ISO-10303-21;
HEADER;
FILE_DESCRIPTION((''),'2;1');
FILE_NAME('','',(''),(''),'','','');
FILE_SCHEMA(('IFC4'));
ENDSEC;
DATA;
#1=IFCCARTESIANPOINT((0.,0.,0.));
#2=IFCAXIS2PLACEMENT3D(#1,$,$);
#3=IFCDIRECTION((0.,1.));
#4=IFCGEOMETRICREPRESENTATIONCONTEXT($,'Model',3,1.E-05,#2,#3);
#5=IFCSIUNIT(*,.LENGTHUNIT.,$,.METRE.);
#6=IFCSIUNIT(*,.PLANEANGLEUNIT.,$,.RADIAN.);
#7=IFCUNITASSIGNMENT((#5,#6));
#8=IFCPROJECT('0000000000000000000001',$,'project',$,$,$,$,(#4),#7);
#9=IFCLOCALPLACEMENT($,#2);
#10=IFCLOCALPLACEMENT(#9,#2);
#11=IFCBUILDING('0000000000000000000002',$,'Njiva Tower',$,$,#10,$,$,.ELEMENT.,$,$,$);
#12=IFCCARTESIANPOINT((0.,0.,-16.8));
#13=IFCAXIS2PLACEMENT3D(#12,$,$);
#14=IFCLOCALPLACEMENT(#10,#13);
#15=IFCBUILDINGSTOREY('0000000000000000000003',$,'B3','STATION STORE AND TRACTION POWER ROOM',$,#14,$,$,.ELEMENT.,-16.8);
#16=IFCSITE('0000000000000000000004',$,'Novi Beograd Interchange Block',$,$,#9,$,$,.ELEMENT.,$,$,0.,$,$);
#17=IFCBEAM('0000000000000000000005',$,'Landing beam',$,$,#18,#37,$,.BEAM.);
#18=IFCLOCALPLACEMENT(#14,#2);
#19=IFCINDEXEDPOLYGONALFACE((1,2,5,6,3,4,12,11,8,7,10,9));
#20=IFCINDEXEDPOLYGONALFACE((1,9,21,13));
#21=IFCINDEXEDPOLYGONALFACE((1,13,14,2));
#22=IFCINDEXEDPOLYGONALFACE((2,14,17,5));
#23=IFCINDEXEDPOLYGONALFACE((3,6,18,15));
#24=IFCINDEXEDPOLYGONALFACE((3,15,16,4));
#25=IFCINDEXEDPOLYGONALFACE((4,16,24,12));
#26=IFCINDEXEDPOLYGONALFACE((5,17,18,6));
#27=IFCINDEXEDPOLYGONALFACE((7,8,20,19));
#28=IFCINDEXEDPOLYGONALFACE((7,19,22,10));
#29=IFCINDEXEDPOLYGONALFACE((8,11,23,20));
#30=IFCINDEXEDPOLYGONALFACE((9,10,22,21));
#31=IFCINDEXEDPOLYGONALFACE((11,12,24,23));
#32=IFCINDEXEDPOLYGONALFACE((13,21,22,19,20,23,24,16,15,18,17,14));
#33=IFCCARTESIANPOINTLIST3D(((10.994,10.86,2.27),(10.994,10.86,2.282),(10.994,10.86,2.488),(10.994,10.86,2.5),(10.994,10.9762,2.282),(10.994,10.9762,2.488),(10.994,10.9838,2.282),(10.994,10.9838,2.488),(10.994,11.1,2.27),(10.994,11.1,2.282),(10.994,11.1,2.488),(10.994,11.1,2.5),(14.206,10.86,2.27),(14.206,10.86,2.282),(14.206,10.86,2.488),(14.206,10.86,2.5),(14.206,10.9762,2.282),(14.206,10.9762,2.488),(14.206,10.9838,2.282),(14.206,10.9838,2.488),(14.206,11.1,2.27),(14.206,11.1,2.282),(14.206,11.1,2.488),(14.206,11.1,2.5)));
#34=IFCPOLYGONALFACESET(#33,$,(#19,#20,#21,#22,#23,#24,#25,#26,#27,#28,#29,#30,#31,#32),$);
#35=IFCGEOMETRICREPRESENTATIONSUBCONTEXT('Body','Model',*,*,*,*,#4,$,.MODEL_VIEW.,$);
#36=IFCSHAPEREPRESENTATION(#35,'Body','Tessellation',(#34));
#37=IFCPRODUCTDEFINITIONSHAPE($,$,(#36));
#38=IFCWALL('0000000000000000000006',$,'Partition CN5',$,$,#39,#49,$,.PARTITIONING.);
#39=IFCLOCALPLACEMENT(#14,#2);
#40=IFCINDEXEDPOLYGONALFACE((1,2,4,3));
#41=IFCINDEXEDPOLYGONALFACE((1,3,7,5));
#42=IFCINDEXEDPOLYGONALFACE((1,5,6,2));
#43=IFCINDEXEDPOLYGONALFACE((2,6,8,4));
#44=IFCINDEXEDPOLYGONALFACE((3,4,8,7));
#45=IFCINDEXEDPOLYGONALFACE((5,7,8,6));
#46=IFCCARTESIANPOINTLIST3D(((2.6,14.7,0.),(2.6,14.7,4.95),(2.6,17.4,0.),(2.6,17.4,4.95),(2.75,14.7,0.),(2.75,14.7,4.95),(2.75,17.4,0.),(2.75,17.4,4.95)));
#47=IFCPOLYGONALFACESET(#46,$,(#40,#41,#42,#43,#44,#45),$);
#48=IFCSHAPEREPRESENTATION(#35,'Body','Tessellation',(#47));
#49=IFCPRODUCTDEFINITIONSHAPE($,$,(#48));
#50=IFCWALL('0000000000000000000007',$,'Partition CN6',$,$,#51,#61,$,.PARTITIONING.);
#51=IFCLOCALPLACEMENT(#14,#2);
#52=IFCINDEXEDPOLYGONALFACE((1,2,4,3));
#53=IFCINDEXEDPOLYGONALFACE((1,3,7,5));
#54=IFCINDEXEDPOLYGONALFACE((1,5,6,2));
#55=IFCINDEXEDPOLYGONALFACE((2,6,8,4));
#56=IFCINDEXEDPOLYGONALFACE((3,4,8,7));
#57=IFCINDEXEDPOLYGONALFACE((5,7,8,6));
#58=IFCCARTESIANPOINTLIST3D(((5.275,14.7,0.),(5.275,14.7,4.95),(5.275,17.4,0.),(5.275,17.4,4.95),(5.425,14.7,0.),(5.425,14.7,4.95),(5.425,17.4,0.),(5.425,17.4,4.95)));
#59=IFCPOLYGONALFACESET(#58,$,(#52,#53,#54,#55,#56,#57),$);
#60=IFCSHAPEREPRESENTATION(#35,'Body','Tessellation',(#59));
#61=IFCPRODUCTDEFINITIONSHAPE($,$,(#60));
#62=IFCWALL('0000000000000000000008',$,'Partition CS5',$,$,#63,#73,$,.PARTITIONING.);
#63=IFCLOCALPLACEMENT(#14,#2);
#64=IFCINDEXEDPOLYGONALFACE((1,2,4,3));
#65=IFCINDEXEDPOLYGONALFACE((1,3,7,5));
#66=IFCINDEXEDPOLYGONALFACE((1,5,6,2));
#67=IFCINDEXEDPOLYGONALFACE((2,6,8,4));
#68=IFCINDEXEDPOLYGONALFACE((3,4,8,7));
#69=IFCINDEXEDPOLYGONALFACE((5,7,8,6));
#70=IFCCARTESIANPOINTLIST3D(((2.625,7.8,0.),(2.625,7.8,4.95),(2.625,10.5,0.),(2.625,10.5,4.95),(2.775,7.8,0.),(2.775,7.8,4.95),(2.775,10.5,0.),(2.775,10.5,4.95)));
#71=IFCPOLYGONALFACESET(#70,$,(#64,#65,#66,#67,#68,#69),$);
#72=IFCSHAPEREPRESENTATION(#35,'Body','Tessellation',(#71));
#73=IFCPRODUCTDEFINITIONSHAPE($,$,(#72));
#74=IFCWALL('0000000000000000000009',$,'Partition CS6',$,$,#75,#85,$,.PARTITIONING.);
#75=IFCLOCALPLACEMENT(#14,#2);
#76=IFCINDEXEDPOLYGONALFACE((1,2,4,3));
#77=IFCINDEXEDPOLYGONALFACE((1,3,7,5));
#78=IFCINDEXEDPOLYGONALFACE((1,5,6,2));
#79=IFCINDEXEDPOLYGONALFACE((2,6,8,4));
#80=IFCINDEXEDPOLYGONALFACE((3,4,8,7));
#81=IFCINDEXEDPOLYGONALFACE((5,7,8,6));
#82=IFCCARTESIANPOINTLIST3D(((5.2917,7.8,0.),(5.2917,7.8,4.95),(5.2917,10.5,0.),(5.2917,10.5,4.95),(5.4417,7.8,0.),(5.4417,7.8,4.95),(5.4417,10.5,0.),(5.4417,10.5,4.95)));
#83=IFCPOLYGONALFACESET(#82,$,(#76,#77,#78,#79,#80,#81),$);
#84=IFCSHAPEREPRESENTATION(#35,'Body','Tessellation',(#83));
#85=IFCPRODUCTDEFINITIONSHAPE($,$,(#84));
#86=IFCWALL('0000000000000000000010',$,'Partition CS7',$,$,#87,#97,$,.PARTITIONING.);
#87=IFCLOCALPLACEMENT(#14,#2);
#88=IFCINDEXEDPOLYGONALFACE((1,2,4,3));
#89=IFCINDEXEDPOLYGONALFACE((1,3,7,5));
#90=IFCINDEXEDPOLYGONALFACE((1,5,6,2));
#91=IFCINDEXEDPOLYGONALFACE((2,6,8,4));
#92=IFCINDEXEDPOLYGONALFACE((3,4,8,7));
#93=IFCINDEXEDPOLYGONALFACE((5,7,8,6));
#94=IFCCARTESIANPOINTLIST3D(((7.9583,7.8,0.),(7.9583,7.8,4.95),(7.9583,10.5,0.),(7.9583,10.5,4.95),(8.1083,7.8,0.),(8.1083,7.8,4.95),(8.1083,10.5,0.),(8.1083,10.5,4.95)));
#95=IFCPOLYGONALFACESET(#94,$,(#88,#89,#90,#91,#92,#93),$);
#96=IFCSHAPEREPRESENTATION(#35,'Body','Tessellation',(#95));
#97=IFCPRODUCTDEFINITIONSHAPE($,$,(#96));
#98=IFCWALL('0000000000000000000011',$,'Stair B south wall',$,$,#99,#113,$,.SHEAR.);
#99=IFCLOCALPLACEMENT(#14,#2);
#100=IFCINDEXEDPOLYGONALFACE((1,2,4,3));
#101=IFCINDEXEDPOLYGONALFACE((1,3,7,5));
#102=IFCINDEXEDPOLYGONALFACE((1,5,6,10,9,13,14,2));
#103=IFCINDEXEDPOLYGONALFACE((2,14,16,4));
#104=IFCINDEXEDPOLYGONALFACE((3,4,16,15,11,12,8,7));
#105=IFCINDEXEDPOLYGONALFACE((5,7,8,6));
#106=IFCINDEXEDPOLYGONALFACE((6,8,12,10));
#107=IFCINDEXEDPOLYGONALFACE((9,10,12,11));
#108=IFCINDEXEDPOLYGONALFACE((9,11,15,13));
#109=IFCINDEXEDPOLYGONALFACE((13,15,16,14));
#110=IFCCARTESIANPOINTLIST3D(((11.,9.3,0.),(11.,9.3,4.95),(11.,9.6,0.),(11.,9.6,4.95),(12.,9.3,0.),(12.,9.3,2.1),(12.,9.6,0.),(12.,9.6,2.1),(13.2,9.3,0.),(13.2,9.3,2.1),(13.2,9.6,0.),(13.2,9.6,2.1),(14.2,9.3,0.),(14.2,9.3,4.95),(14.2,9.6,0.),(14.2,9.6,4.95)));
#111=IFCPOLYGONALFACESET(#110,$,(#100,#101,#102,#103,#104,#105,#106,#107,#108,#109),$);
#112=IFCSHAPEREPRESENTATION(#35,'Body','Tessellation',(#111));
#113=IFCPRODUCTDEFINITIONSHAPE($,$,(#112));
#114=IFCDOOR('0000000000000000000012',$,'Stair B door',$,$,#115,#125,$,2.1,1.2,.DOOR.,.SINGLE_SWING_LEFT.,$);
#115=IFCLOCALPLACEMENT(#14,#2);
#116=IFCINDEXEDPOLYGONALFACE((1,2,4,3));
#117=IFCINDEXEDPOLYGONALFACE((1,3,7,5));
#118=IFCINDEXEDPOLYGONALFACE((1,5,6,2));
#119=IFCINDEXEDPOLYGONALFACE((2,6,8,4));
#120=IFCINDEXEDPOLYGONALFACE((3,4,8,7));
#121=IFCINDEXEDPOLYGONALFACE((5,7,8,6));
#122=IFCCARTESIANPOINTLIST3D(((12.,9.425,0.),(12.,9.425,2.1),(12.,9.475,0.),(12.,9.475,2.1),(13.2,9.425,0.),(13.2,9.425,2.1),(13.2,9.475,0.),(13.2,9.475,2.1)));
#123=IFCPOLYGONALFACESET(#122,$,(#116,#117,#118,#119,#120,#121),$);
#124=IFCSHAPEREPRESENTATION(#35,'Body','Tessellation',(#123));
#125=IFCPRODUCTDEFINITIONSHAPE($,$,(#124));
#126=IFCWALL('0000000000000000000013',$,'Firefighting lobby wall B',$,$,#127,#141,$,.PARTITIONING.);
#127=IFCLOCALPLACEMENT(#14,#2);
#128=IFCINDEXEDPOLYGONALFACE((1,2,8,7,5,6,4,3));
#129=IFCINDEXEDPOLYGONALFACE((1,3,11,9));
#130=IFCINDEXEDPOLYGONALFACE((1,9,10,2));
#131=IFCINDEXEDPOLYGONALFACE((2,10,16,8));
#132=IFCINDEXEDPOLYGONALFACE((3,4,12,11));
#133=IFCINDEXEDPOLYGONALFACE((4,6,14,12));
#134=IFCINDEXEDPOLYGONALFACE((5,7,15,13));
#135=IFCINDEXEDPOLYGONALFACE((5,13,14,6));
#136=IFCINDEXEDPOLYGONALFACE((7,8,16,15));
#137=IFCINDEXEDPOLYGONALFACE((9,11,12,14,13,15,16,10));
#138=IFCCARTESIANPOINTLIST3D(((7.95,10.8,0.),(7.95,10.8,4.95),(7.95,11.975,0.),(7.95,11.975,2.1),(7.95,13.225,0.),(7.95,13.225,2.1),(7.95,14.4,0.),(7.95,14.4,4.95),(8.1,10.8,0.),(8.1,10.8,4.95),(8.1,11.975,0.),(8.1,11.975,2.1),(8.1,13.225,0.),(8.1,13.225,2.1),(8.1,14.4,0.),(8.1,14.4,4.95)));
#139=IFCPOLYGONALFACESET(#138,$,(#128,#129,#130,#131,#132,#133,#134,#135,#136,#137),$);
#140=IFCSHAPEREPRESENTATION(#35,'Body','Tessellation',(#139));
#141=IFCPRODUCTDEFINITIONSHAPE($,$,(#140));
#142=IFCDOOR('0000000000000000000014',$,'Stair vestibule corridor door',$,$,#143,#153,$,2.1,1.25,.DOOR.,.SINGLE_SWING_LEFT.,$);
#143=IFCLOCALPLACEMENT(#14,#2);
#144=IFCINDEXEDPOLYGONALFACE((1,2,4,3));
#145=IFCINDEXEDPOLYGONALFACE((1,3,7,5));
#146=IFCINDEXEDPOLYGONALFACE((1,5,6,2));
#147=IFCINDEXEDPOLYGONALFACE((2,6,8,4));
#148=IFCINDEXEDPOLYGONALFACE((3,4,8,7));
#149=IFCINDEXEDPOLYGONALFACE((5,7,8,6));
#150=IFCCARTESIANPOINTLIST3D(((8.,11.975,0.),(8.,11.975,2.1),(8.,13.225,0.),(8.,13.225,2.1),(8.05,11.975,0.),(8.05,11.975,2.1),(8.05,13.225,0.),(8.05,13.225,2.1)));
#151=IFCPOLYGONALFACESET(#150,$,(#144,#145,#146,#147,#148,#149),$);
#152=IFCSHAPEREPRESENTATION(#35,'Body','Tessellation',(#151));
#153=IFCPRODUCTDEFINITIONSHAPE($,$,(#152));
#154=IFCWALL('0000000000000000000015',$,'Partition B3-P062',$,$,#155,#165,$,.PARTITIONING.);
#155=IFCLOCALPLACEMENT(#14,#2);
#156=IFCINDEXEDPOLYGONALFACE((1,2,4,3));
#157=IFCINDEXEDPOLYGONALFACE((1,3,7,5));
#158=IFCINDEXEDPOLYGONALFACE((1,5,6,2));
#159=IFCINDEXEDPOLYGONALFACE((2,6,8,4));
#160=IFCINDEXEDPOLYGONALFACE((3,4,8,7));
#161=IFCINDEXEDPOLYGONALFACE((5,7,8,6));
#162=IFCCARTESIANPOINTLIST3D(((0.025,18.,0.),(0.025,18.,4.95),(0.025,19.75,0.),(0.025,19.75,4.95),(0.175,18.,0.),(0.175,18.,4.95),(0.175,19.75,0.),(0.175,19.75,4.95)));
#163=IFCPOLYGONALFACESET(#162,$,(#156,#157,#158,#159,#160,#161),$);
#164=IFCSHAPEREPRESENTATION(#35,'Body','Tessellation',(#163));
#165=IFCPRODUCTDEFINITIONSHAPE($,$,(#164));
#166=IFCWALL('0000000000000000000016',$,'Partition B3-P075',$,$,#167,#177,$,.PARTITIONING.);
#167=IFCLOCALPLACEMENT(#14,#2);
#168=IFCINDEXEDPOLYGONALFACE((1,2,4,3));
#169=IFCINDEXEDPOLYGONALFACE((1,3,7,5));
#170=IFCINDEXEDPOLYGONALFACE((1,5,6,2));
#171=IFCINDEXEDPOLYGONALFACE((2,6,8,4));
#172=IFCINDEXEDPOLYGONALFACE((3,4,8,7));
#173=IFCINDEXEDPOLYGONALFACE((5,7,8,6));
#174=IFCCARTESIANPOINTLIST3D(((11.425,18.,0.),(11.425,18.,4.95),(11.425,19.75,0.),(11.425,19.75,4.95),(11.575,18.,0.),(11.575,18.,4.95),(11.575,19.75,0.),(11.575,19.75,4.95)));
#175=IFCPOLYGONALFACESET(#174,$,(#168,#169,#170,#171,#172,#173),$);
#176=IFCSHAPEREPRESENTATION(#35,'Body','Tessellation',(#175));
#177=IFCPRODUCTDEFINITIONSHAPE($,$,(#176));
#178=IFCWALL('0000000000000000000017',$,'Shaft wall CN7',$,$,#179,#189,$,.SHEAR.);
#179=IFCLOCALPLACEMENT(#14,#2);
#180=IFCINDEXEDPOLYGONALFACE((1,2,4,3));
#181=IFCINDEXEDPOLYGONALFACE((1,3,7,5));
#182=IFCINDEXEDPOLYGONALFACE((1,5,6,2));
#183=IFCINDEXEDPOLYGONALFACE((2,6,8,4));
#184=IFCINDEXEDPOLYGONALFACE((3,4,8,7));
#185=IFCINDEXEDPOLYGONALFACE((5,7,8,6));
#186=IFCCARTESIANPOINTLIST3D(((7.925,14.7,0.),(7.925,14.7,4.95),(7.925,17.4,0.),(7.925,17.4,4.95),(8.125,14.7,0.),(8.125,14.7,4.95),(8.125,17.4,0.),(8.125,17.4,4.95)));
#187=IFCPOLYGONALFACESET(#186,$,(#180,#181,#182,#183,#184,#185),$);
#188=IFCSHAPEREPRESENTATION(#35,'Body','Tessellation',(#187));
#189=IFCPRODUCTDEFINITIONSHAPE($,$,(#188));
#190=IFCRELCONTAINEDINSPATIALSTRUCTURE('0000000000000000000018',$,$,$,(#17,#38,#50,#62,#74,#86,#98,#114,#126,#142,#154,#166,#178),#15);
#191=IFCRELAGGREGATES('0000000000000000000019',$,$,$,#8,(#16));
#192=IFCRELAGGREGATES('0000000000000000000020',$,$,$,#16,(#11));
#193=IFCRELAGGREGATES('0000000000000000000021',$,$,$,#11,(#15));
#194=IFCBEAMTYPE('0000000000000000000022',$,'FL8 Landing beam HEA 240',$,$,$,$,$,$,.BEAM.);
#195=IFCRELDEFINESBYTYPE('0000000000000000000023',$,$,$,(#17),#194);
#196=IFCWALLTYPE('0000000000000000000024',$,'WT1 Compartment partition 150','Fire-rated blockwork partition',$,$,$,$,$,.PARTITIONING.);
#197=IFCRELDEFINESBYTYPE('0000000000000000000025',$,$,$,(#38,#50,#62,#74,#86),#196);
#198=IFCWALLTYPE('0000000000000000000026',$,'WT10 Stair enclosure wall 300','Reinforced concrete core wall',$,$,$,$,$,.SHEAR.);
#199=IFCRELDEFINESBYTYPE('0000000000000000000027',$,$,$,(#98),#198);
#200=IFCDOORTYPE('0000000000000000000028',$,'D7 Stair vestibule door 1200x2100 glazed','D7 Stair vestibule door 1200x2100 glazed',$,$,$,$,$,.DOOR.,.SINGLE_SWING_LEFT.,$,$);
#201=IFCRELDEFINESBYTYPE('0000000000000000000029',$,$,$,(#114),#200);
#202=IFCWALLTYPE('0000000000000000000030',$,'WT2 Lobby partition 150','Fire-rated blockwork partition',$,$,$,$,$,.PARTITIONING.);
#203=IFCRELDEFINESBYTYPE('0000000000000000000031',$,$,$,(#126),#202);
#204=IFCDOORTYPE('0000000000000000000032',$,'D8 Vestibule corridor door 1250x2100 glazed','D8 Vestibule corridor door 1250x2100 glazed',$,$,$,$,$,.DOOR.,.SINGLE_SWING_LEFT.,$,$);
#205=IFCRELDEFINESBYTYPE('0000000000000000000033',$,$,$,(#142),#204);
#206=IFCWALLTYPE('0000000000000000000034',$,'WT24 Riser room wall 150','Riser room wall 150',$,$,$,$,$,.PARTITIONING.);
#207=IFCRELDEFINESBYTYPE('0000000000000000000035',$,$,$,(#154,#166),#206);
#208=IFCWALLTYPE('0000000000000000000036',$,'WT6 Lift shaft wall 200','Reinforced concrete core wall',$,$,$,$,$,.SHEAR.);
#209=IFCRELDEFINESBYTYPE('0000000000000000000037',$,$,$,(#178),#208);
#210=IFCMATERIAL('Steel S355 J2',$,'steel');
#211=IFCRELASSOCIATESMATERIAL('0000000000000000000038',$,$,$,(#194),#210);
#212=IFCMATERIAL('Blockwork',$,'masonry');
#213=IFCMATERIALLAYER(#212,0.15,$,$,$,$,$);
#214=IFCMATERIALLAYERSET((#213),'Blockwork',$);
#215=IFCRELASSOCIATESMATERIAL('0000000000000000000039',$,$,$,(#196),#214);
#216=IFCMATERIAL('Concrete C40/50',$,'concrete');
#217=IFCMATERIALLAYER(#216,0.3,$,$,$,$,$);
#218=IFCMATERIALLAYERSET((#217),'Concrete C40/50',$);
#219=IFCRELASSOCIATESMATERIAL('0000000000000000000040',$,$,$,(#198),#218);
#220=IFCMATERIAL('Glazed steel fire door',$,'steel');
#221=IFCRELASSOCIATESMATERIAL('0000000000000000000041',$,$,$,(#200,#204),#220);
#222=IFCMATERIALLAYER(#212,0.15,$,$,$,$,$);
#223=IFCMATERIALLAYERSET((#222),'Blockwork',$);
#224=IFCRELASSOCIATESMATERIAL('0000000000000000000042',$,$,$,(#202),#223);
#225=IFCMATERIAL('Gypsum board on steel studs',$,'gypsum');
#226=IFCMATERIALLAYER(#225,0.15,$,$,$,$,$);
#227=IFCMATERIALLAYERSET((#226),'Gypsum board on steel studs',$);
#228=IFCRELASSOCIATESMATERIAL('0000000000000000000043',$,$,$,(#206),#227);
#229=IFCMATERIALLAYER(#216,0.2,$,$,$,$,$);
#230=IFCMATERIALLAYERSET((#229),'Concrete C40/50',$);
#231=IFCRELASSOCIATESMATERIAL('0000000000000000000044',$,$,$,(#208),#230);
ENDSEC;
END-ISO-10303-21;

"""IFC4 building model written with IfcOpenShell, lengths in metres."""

from ifc_helpers import new_model, si_unit, direction, frame, frame_2d, origin, origin_2d, place, context, subcontext, project, spatial, rectangle, i_section, extrude, material, layer, layer_set, material_profile, profile_set, type_object, element, fill, save


model = new_model("IFC4")

# Units and contexts
model_context = context("Model", 3, precision=1e-05, world=origin(), true_north=direction((0.0, 1.0)))
body_context = subcontext(model_context, "Body", "Model", "MODEL_VIEW")
ifc_project = project(units=[si_unit("LENGTHUNIT", "METRE"), si_unit("PLANEANGLEUNIT", "RADIAN")], contexts=[model_context])

# Site, building, storey
site_placement = place(None, origin())
site = spatial("IfcSite", under=ifc_project, at=site_placement, Name="Novi Beograd Interchange Block", CompositionType="ELEMENT", RefElevation=0.0)
building_placement = place(site_placement, origin())
building = spatial("IfcBuilding", under=site, at=building_placement, Name="Njiva Tower", CompositionType="ELEMENT")
storey_placement = place(building_placement, frame((0.0, 0.0, -16.8)))
storey = spatial("IfcBuildingStorey", under=building, at=storey_placement, Name="B3", Description="STATION STORE AND TRACTION POWER ROOM", CompositionType="ELEMENT", Elevation=-16.8)

# Shared definitions
ifc_material_1 = material(Name="Steel S355 J2", Category="steel")

# Beam
ifc_material_profile_1 = material_profile(ifc_material_1, i_section(OverallWidth=0.24, OverallDepth=0.23, WebThickness=0.0075, FlangeThickness=0.012, at=origin_2d()), Name="HEA240")
ifc_profile_set_1 = profile_set([ifc_material_profile_1], Name="Steel S355 J2")
beam_type = type_object("IfcBeamType", Name="FL8 Landing beam HEA 240", PredefinedType="BEAM", material=ifc_profile_set_1)
beam_placement = place(storey_placement, frame((10.994, 10.98, 2.385), z_axis=(1.0, 0.0, 0.0), x_axis=(0.0, 1.0, 0.0)))
element("IfcBeam", 1, at=beam_placement, inside=storey, type_object=beam_type, Name="Landing beam", PredefinedType="BEAM", context=body_context, shape_type="SweptSolid", body=[
    extrude(i_section(OverallWidth=0.24, OverallDepth=0.23, WebThickness=0.0075, FlangeThickness=0.012, at=origin_2d()), origin(), (0.0, 0.0, 1.0), 3.212),
])

# Walls
ifc_material_2 = material(Name="Blockwork", Category="masonry")
ifc_layer_1 = layer(ifc_material_2, 0.15)
ifc_layer_set_1 = layer_set([ifc_layer_1], Name="Blockwork")
wall_type_1 = type_object("IfcWallType", Name="WT1 Compartment partition 150", Description="Fire-rated blockwork partition", PredefinedType="PARTITIONING", material=ifc_layer_set_1)
for number, where, z_axis, x_axis, name in (
    (2, (2.675, 14.7, 0.0), (0.0, 0.0, 1.0), (0.0, 1.0, 0.0), "Partition CN5"),
    (3, (5.35, 14.7, 0.0), (0.0, 0.0, 1.0), (0.0, 1.0, 0.0), "Partition CN6"),
    (4, (2.7, 7.8, 0.0), (0.0, 0.0, 1.0), (0.0, 1.0, 0.0), "Partition CS5"),
    (5, (5.3667, 7.8, 0.0), (0.0, 0.0, 1.0), (0.0, 1.0, 0.0), "Partition CS6"),
    (6, (8.0333, 7.8, 0.0), (0.0, 0.0, 1.0), (0.0, 1.0, 0.0), "Partition CS7"),
):
    element("IfcWall", number, at=place(storey_placement, frame(where, z_axis=z_axis, x_axis=x_axis)), inside=storey, type_object=wall_type_1, Name=name, PredefinedType="PARTITIONING", context=body_context, shape_type="SweptSolid", body=[
        extrude(rectangle(XDim=2.7, YDim=0.15, at=frame_2d((1.35, 0.0))), origin(), (0.0, 0.0, 1.0), 4.95),
    ])

# Walls, openings, doors
ifc_material_3 = material(Name="Concrete C40/50", Category="concrete")
ifc_layer_2 = layer(ifc_material_3, 0.3)
ifc_layer_set_2 = layer_set([ifc_layer_2], Name="Concrete C40/50")
wall_type_2 = type_object("IfcWallType", Name="WT10 Stair enclosure wall 300", Description="Reinforced concrete core wall", PredefinedType="SHEAR", material=ifc_layer_set_2)
wall_1_placement = place(storey_placement, frame((11.0, 9.45, 0.0), z_axis=(0.0, 0.0, 1.0), x_axis=(1.0, 0.0, 0.0)))
wall_1 = element("IfcWall", 7, at=wall_1_placement, inside=storey, type_object=wall_type_2, Name="Stair B south wall", PredefinedType="SHEAR", context=body_context, shape_type="SweptSolid", body=[
    extrude(rectangle(XDim=3.2, YDim=0.3, at=frame_2d((1.6, 0.0))), origin(), (0.0, 0.0, 1.0), 4.95),
])
opening_1_placement = place(wall_1_placement, frame((1.0, 0.0, 0.0)))
opening_1 = element("IfcOpeningElement", 8, at=opening_1_placement, cuts=wall_1, PredefinedType="OPENING", context=body_context, shape_type="SweptSolid", body=[
    extrude(rectangle(XDim=1.2, YDim=2.1, at=frame_2d((0.6, 1.05))), frame((0.0, 0.16, 0.0), z_axis=(0.0, -1.0, 0.0), x_axis=(1.0, 0.0, 0.0)), (0.0, 0.0, 1.0), 0.32),
])
ifc_material_4 = material(Name="Glazed steel fire door", Category="steel")
door_type_1 = type_object("IfcDoorType", Name="D7 Stair vestibule door 1200x2100 glazed", Description="D7 Stair vestibule door 1200x2100 glazed", OperationType="SINGLE_SWING_LEFT", PredefinedType="DOOR", material=ifc_material_4)
door_1_placement = place(opening_1_placement, origin())
door_1 = element("IfcDoor", 9, at=door_1_placement, inside=storey, type_object=door_type_1, Name="Stair B door", OperationType="SINGLE_SWING_LEFT", OverallHeight=2.1, OverallWidth=1.2, PredefinedType="DOOR", context=body_context, shape_type="SweptSolid", body=[
    extrude(rectangle(XDim=1.2, YDim=2.1, at=frame_2d((0.6, 1.05))), frame((0.0, 0.025, 0.0), z_axis=(0.0, -1.0, 0.0), x_axis=(1.0, 0.0, 0.0)), (0.0, 0.0, 1.0), 0.05),
])
fill(opening_1, door_1)
ifc_layer_3 = layer(ifc_material_2, 0.15)
ifc_layer_set_3 = layer_set([ifc_layer_3], Name="Blockwork")
wall_type_3 = type_object("IfcWallType", Name="WT2 Lobby partition 150", Description="Fire-rated blockwork partition", PredefinedType="PARTITIONING", material=ifc_layer_set_3)
wall_2_placement = place(storey_placement, frame((8.025, 10.8, 0.0), z_axis=(0.0, 0.0, 1.0), x_axis=(0.0, 1.0, 0.0)))
wall_2 = element("IfcWall", 10, at=wall_2_placement, inside=storey, type_object=wall_type_3, Name="Firefighting lobby wall B", PredefinedType="PARTITIONING", context=body_context, shape_type="SweptSolid", body=[
    extrude(rectangle(XDim=3.6, YDim=0.15, at=frame_2d((1.8, 0.0))), origin(), (0.0, 0.0, 1.0), 4.95),
])
opening_2_placement = place(wall_2_placement, frame((1.175, 0.0, 0.0)))
opening_2 = element("IfcOpeningElement", 11, at=opening_2_placement, cuts=wall_2, PredefinedType="OPENING", context=body_context, shape_type="SweptSolid", body=[
    extrude(rectangle(XDim=1.25, YDim=2.1, at=frame_2d((0.625, 1.05))), frame((0.0, 0.085, 0.0), z_axis=(0.0, -1.0, 0.0), x_axis=(1.0, 0.0, 0.0)), (0.0, 0.0, 1.0), 0.17),
])
door_type_2 = type_object("IfcDoorType", Name="D8 Vestibule corridor door 1250x2100 glazed", Description="D8 Vestibule corridor door 1250x2100 glazed", OperationType="SINGLE_SWING_LEFT", PredefinedType="DOOR", material=ifc_material_4)
door_2_placement = place(opening_2_placement, origin())
door_2 = element("IfcDoor", 12, at=door_2_placement, inside=storey, type_object=door_type_2, Name="Stair vestibule corridor door", OperationType="SINGLE_SWING_LEFT", OverallHeight=2.1, OverallWidth=1.25, PredefinedType="DOOR", context=body_context, shape_type="SweptSolid", body=[
    extrude(rectangle(XDim=1.25, YDim=2.1, at=frame_2d((0.625, 1.05))), frame((0.0, 0.025, 0.0), z_axis=(0.0, -1.0, 0.0), x_axis=(1.0, 0.0, 0.0)), (0.0, 0.0, 1.0), 0.05),
])
fill(opening_2, door_2)

# Walls
ifc_material_5 = material(Name="Gypsum board on steel studs", Category="gypsum")
ifc_layer_4 = layer(ifc_material_5, 0.15)
ifc_layer_set_4 = layer_set([ifc_layer_4], Name="Gypsum board on steel studs")
wall_type_4 = type_object("IfcWallType", Name="WT24 Riser room wall 150", Description="Riser room wall 150", PredefinedType="PARTITIONING", material=ifc_layer_set_4)
for number, where, z_axis, x_axis, name in (
    (13, (0.1, 18.0, 0.0), (0.0, 0.0, 1.0), (0.0, 1.0, 0.0), "Partition B3-P062"),
    (14, (11.5, 18.0, 0.0), (0.0, 0.0, 1.0), (0.0, 1.0, 0.0), "Partition B3-P075"),
):
    element("IfcWall", number, at=place(storey_placement, frame(where, z_axis=z_axis, x_axis=x_axis)), inside=storey, type_object=wall_type_4, Name=name, PredefinedType="PARTITIONING", context=body_context, shape_type="SweptSolid", body=[
        extrude(rectangle(XDim=1.75, YDim=0.15, at=frame_2d((0.875, 0.0))), origin(), (0.0, 0.0, 1.0), 4.95),
    ])
ifc_layer_5 = layer(ifc_material_3, 0.2)
ifc_layer_set_5 = layer_set([ifc_layer_5], Name="Concrete C40/50")
wall_type_5 = type_object("IfcWallType", Name="WT6 Lift shaft wall 200", Description="Reinforced concrete core wall", PredefinedType="SHEAR", material=ifc_layer_set_5)
wall_3_placement = place(storey_placement, frame((8.025, 14.7, 0.0), z_axis=(0.0, 0.0, 1.0), x_axis=(0.0, 1.0, 0.0)))
element("IfcWall", 15, at=wall_3_placement, inside=storey, type_object=wall_type_5, Name="Shaft wall CN7", PredefinedType="SHEAR", context=body_context, shape_type="SweptSolid", body=[
    extrude(rectangle(XDim=2.7, YDim=0.2, at=frame_2d((1.35, 0.0))), origin(), (0.0, 0.0, 1.0), 4.95),
])

save(model, "model.ifc")
